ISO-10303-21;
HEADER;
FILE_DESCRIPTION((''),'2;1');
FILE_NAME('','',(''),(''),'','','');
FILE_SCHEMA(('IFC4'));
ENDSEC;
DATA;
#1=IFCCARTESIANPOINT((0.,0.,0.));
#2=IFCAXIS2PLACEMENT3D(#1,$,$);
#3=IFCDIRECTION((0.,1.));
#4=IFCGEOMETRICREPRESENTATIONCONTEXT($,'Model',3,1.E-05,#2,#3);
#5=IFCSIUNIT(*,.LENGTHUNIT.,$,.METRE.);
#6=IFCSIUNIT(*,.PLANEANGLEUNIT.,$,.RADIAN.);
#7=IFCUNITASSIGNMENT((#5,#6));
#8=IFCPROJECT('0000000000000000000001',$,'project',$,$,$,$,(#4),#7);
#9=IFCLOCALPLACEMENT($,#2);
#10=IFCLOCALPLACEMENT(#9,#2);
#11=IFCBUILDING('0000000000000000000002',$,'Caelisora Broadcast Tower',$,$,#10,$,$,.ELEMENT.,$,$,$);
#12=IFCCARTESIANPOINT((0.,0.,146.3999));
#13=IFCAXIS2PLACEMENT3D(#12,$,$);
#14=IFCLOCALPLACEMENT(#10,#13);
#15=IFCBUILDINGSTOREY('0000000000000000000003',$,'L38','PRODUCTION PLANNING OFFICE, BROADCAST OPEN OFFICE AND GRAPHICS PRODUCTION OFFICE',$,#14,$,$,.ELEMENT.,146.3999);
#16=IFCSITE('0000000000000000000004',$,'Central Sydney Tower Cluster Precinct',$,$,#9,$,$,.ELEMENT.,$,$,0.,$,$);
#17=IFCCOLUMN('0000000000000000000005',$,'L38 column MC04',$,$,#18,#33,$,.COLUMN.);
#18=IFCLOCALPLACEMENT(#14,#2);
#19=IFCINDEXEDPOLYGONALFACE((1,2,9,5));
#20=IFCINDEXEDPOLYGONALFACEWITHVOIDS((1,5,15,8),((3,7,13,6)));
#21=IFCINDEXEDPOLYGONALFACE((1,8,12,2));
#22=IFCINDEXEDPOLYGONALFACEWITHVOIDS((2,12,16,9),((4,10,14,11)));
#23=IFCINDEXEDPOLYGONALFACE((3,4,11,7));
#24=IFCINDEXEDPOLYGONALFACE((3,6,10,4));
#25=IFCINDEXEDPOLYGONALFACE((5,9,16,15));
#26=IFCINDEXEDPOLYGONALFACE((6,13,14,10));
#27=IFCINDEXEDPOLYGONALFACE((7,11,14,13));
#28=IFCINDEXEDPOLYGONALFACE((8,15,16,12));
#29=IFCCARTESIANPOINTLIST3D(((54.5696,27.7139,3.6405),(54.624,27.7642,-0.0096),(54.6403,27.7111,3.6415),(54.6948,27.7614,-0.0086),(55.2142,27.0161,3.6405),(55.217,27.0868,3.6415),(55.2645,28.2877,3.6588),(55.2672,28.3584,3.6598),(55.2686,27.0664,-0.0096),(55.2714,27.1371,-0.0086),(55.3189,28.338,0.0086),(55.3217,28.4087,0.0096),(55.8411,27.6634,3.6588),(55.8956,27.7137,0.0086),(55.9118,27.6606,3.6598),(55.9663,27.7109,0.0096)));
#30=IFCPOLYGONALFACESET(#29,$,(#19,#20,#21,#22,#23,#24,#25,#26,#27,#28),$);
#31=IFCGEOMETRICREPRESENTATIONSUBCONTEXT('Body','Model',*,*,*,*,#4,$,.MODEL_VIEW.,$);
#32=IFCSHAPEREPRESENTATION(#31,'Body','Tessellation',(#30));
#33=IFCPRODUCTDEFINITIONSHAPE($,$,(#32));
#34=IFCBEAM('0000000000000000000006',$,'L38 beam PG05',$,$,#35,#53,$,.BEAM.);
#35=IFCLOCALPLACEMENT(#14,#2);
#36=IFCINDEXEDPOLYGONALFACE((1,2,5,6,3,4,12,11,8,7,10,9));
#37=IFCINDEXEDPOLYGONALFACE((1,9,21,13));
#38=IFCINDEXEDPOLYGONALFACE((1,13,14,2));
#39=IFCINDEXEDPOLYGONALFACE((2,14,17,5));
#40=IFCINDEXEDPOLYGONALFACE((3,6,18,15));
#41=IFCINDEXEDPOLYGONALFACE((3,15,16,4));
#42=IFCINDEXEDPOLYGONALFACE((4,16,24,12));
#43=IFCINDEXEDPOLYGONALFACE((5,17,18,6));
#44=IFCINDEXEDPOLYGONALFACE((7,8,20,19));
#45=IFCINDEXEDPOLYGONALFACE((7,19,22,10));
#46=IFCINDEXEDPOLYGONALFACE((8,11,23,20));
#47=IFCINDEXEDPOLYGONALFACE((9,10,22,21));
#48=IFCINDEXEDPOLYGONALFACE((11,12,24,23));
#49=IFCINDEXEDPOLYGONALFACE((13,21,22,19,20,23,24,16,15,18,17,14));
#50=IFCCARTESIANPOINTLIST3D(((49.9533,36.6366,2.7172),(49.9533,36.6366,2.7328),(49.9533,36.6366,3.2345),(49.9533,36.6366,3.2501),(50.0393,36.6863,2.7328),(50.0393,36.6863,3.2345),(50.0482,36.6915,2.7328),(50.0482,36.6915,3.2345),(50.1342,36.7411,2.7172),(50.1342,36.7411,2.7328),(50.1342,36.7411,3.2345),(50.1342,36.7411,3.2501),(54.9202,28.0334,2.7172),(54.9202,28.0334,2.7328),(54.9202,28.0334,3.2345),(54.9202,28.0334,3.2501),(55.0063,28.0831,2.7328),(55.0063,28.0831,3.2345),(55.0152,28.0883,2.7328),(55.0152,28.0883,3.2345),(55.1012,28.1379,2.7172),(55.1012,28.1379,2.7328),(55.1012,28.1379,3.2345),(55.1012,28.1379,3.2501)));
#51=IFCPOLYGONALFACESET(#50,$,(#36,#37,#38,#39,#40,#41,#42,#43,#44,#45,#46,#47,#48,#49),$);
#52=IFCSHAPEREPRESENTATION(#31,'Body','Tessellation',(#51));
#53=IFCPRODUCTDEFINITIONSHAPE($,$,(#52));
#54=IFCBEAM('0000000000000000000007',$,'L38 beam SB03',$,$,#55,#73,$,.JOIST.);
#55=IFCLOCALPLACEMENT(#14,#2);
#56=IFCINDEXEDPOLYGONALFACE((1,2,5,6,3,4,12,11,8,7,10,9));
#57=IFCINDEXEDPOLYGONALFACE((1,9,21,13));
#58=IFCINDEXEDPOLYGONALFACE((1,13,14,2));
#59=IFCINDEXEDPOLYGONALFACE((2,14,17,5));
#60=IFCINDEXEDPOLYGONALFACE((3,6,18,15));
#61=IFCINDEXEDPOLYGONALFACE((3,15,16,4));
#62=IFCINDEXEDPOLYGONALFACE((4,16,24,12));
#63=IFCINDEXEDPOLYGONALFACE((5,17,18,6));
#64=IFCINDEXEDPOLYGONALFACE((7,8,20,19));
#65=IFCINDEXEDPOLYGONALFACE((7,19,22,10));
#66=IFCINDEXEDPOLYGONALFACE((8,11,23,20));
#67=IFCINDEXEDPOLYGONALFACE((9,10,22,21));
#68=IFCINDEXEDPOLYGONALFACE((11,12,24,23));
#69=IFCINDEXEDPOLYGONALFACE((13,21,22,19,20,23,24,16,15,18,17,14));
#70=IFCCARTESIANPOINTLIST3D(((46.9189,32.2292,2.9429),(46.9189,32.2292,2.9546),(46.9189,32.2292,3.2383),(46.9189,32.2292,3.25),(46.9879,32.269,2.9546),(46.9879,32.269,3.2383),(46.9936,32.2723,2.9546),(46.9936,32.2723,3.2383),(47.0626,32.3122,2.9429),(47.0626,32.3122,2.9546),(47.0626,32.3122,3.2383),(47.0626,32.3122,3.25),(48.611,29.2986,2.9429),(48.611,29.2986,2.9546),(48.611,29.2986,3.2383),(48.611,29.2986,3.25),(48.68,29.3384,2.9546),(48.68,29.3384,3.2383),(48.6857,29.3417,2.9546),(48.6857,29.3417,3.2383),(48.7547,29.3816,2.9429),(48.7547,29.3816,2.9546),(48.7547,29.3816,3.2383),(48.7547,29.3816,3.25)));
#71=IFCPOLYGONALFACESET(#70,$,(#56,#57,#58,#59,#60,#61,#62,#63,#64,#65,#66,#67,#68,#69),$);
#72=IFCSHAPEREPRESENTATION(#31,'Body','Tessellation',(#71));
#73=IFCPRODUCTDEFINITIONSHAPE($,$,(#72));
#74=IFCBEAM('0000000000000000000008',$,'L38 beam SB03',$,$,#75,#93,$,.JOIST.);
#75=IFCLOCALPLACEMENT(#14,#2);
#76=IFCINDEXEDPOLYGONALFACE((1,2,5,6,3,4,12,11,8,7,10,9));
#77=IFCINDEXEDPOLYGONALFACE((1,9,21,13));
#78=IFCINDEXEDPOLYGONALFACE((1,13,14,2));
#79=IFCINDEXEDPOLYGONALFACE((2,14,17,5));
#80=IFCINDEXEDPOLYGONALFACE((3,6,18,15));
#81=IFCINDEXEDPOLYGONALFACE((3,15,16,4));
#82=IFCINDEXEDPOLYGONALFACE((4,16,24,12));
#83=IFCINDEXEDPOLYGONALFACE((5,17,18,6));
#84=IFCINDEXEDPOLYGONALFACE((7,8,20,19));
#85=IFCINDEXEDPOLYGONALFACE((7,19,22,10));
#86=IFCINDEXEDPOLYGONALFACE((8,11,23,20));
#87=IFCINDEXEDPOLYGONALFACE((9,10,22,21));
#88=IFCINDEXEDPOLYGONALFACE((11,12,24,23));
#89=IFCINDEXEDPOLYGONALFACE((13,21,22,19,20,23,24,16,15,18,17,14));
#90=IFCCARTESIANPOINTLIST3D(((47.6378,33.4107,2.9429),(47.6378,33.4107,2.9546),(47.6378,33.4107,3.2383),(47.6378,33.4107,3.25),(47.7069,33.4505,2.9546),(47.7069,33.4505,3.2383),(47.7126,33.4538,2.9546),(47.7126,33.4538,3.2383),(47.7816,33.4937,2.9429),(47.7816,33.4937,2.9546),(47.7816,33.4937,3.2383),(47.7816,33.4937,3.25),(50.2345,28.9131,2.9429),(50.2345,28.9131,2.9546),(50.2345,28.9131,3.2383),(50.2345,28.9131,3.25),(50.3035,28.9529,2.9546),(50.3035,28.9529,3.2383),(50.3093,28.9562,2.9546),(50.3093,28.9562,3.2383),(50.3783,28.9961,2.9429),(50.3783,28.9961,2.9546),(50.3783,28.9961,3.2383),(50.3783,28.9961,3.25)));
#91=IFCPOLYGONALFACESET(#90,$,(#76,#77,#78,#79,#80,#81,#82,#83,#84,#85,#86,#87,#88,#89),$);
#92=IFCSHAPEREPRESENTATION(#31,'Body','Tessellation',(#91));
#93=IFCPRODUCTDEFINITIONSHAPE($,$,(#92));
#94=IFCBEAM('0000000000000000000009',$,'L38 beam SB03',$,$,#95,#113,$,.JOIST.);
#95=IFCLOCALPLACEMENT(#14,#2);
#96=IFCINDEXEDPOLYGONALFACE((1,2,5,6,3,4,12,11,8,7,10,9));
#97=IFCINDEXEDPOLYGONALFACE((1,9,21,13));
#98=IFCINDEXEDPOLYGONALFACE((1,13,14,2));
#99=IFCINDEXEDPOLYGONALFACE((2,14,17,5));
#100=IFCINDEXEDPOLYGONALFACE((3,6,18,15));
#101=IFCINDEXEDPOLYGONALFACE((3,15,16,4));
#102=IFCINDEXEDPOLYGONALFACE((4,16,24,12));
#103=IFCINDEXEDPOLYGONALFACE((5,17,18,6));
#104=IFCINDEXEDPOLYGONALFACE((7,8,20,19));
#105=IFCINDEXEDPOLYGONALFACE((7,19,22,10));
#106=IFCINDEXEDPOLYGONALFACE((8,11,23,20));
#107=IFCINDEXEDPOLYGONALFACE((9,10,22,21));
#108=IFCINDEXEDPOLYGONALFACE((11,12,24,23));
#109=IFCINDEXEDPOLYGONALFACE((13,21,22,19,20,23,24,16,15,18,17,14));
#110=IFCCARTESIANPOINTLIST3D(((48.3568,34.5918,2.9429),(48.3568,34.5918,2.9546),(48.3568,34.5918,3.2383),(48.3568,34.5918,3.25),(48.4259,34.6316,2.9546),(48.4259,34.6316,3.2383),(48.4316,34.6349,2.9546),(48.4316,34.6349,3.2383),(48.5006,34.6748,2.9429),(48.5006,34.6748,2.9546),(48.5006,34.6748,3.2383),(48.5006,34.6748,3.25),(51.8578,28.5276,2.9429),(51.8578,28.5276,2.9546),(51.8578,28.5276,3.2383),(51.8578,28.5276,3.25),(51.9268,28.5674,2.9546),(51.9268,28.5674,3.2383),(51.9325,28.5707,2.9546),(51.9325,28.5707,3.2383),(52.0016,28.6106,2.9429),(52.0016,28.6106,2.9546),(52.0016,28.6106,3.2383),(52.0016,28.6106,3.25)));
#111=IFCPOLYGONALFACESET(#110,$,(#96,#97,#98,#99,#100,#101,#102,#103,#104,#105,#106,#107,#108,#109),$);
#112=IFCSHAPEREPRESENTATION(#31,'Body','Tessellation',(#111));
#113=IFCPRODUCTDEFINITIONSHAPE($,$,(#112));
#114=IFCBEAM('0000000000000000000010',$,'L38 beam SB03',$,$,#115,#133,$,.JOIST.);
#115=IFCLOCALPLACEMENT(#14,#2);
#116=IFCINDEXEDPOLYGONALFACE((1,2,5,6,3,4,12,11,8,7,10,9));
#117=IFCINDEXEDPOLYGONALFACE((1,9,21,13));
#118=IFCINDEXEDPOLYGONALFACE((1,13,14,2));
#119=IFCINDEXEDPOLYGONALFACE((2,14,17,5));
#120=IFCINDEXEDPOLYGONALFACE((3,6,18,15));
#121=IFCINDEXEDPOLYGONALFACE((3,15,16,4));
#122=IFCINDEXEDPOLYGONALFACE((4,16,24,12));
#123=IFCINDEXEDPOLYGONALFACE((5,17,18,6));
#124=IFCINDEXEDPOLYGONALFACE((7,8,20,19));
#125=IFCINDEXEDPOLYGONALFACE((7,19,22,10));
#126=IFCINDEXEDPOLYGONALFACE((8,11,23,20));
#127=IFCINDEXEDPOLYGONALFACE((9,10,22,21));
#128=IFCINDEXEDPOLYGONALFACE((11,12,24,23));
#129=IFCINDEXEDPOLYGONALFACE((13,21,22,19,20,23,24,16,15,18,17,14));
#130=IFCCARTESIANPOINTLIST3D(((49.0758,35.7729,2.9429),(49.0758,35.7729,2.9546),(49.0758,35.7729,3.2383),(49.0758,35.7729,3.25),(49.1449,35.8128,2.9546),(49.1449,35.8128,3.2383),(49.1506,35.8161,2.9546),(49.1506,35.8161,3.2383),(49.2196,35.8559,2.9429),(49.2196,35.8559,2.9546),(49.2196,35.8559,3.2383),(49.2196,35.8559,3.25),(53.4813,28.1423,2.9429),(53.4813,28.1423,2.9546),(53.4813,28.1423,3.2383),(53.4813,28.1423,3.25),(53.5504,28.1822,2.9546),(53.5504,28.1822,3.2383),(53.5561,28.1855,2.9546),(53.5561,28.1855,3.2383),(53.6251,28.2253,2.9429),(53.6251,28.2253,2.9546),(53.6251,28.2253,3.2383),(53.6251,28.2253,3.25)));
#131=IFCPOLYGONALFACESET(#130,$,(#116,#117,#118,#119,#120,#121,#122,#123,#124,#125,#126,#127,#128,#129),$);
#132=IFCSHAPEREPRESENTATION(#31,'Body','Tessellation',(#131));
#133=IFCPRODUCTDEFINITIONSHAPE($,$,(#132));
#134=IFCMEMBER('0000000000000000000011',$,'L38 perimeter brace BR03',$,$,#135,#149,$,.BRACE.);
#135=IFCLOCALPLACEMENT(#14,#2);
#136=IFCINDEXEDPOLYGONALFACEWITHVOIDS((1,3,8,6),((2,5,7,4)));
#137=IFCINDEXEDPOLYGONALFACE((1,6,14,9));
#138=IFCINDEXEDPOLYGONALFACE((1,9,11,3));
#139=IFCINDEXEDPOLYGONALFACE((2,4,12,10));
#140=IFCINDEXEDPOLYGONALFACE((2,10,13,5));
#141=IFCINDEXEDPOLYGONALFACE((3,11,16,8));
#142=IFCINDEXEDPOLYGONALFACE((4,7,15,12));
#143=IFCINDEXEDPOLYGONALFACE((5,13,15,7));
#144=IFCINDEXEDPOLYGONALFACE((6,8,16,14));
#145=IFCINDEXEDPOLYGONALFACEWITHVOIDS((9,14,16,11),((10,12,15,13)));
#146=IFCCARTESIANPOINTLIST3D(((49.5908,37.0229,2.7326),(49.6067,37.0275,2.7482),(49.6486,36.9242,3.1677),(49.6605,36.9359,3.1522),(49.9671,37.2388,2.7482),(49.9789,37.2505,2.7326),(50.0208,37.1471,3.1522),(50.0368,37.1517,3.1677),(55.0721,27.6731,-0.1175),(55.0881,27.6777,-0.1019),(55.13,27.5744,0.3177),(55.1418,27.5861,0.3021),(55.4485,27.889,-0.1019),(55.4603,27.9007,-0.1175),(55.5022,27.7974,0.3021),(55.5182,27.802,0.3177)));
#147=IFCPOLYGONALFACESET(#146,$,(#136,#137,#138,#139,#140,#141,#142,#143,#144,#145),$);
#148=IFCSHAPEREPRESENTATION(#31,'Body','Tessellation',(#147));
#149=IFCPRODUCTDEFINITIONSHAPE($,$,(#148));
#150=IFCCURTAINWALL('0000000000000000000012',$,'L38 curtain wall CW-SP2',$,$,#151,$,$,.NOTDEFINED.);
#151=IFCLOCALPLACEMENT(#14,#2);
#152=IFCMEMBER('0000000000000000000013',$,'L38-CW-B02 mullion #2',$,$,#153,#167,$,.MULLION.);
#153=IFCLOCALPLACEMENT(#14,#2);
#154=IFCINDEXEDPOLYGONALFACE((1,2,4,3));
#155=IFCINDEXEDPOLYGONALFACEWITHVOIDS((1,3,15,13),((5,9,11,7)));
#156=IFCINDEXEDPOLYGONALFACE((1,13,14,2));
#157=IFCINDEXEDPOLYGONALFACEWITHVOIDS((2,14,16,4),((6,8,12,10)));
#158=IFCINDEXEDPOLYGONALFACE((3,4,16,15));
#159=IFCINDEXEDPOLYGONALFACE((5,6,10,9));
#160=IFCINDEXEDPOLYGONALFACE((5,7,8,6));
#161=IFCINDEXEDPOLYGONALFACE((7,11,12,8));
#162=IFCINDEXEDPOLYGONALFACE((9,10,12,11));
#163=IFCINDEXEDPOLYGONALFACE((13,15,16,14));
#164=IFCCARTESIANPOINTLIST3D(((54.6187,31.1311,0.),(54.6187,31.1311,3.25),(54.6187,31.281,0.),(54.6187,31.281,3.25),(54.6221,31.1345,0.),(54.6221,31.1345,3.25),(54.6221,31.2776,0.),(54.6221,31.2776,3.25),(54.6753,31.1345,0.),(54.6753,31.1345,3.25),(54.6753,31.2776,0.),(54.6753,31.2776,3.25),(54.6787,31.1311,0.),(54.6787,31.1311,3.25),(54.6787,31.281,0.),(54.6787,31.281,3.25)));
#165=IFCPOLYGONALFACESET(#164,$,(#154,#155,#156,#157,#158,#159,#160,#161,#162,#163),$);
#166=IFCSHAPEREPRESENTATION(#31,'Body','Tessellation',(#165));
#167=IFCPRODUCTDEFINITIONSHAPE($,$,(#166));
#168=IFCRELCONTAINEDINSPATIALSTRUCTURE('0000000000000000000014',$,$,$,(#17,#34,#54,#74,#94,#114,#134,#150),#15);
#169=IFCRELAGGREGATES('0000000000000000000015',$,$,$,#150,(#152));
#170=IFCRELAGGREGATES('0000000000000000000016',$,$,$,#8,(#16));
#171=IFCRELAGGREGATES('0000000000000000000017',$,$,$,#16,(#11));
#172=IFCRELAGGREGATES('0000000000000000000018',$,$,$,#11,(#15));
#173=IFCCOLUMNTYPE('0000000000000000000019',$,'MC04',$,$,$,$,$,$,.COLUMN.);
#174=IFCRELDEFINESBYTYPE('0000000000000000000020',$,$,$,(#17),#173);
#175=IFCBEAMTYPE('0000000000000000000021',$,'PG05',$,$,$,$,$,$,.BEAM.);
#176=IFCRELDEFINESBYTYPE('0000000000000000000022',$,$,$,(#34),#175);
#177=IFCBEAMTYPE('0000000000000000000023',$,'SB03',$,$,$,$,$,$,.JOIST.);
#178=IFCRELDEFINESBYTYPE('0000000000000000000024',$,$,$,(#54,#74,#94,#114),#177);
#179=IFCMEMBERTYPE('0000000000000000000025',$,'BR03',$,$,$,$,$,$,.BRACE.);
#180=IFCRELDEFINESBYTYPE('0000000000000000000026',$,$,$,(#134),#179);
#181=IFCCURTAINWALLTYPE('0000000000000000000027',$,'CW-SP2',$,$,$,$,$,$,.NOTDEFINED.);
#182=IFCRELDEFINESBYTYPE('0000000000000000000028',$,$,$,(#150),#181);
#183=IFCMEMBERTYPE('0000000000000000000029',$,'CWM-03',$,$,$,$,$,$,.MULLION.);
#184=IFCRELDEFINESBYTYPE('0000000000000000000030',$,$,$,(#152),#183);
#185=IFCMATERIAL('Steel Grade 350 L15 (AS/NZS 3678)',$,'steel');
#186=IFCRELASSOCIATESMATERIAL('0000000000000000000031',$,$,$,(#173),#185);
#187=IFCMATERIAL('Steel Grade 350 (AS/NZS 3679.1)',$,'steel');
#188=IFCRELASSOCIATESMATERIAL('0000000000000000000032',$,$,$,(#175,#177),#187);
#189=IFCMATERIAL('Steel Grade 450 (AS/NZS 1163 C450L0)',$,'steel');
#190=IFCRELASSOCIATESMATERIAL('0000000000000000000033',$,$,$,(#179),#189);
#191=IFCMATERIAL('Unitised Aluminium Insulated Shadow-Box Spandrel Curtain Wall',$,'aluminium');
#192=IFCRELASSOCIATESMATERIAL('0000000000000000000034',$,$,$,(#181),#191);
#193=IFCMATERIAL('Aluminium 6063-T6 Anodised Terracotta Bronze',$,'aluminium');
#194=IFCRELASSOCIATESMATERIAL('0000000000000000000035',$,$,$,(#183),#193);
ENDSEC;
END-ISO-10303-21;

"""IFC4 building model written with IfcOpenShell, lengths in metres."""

from ifc_helpers import new_model, si_unit, direction, frame, origin, origin_2d, place, context, subcontext, project, spatial, hollow_rectangle, i_section, extrude, source, transform, mapped, material, material_profile, profile_set, type_object, type_shapes, element, aggregate, save


model = new_model("IFC4")

# Units and contexts
model_context = context("Model", 3, precision=1e-05, world=origin(), true_north=direction((0.0, 1.0)))
body_context = subcontext(model_context, "Body", "Model", "MODEL_VIEW")
ifc_project = project(units=[si_unit("LENGTHUNIT", "METRE"), si_unit("PLANEANGLEUNIT", "RADIAN")], contexts=[model_context])

# Site, building, storey
site_placement = place(None, origin())
site = spatial("IfcSite", under=ifc_project, at=site_placement, Name="Central Sydney Tower Cluster Precinct", CompositionType="ELEMENT", RefElevation=0.0)
building_placement = place(site_placement, origin())
building = spatial("IfcBuilding", under=site, at=building_placement, Name="Caelisora Broadcast Tower", CompositionType="ELEMENT")
storey_placement = place(building_placement, frame((0.0, 0.0, 146.3999)))
storey = spatial("IfcBuildingStorey", under=building, at=storey_placement, Name="L38", Description="PRODUCTION PLANNING OFFICE, BROADCAST OPEN OFFICE AND GRAPHICS PRODUCTION OFFICE", CompositionType="ELEMENT", Elevation=146.3999)

# Column
ifc_material_1 = material(Name="Steel Grade 350 L15 (AS/NZS 3678)", Category="steel")
ifc_material_profile_1 = material_profile(ifc_material_1, hollow_rectangle(XDim=0.95, YDim=0.95, WallThickness=0.05, at=origin_2d()), Name="Steel Grade 350 L15 (AS/NZS 3678)")
ifc_profile_set_1 = profile_set([ifc_material_profile_1], Name="Steel Grade 350 L15 (AS/NZS 3678)")
column_type = type_object("IfcColumnType", Name="MC04", PredefinedType="COLUMN", material=ifc_profile_set_1)
shared_shape_1 = source(origin(), body_context, "Body", "SweptSolid", [
    extrude(hollow_rectangle(XDim=0.95, YDim=0.95, WallThickness=0.05, at=origin_2d()), origin(), (0.0, 0.0, 1.0), 3.6509),
])
type_shapes(column_type, [shared_shape_1])
column_placement = place(storey_placement, frame((55.2952, 27.7375, 0.0), z_axis=(-0.014912, -0.013776, 0.999794), x_axis=(0.678554, -0.734551, 0.0)))
element("IfcColumn", 1, at=column_placement, inside=storey, type_object=column_type, Name="L38 column MC04", PredefinedType="COLUMN", context=body_context, shape_type="MappedRepresentation", body=[
    mapped(shared_shape_1, transform((0.0, 0.0, 0.0), scale=1.0)),
])

# Beams
ifc_material_2 = material(Name="Steel Grade 350 (AS/NZS 3679.1)", Category="steel")
ifc_material_profile_2 = material_profile(ifc_material_2, i_section(OverallWidth=0.209, OverallDepth=0.533, WebThickness=0.0103, FlangeThickness=0.0156, at=origin_2d()), Name="Steel Grade 350 (AS/NZS 3679.1)")
ifc_profile_set_2 = profile_set([ifc_material_profile_2], Name="Steel Grade 350 (AS/NZS 3679.1)")
beam_type_1 = type_object("IfcBeamType", Name="PG05", PredefinedType="BEAM", material=ifc_profile_set_2)
shared_shape_2 = source(origin(), body_context, "Body", "SweptSolid", [
    extrude(i_section(OverallWidth=0.209, OverallDepth=0.533, WebThickness=0.0103, FlangeThickness=0.0156, at=origin_2d()), origin(), (0.0, 0.0, 1.0), 9.9341),
])
type_shapes(beam_type_1, [shared_shape_2])
beam_1_placement = place(storey_placement, frame((55.0107, 28.0857, 2.9836), z_axis=(-0.499995, 0.866028, 0.0), x_axis=(-0.866028, -0.499995, 0.0)))
element("IfcBeam", 2, at=beam_1_placement, inside=storey, type_object=beam_type_1, Name="L38 beam PG05", PredefinedType="BEAM", context=body_context, shape_type="MappedRepresentation", body=[
    mapped(shared_shape_2, transform((0.0, 0.0, 0.0), scale=1.0)),
])
ifc_material_profile_3 = material_profile(ifc_material_2, i_section(OverallWidth=0.166, OverallDepth=0.3071, WebThickness=0.0066, FlangeThickness=0.0117, at=origin_2d()), Name="Steel Grade 350 (AS/NZS 3679.1)")
ifc_profile_set_3 = profile_set([ifc_material_profile_3], Name="Steel Grade 350 (AS/NZS 3679.1)")
beam_type_2 = type_object("IfcBeamType", Name="SB03", PredefinedType="JOIST", material=ifc_profile_set_3)
shared_shape_3 = source(origin(), body_context, "Body", "SweptSolid", [
    extrude(i_section(OverallWidth=0.166, OverallDepth=0.3071, WebThickness=0.0066, FlangeThickness=0.0117, at=origin_2d()), origin(), (0.0, 0.0, 1.0), 3.384),
])
beam_2_placement = place(storey_placement, frame((48.6829, 29.3401, 3.0964), z_axis=(-0.500026, 0.86601, 0.0), x_axis=(-0.86601, -0.500026, 0.0)))
element("IfcBeam", 3, at=beam_2_placement, inside=storey, type_object=beam_type_2, Name="L38 beam SB03", PredefinedType="JOIST", context=body_context, shape_type="MappedRepresentation", body=[
    mapped(shared_shape_3, transform((0.0, 0.0, 0.0), scale=1.0)),
])
shared_shape_4 = source(origin(), body_context, "Body", "SweptSolid", [
    extrude(i_section(OverallWidth=0.166, OverallDepth=0.3071, WebThickness=0.0066, FlangeThickness=0.0117, at=origin_2d()), origin(), (0.0, 0.0, 1.0), 5.1934),
])
beam_3_placement = place(storey_placement, frame((50.3064, 28.9546, 3.0964), z_axis=(-0.500002, 0.866024, 0.0), x_axis=(-0.866024, -0.500002, 0.0)))
element("IfcBeam", 4, at=beam_3_placement, inside=storey, type_object=beam_type_2, Name="L38 beam SB03", PredefinedType="JOIST", context=body_context, shape_type="MappedRepresentation", body=[
    mapped(shared_shape_4, transform((0.0, 0.0, 0.0), scale=1.0)),
])
shared_shape_5 = source(origin(), body_context, "Body", "SweptSolid", [
    extrude(i_section(OverallWidth=0.166, OverallDepth=0.3071, WebThickness=0.0066, FlangeThickness=0.0117, at=origin_2d()), origin(), (0.0, 0.0, 1.0), 7.0022),
])
beam_4_placement = place(storey_placement, frame((51.9297, 28.5691, 3.0964), z_axis=(-0.499979, 0.866038, 0.0), x_axis=(-0.866038, -0.499979, 0.0)))
element("IfcBeam", 5, at=beam_4_placement, inside=storey, type_object=beam_type_2, Name="L38 beam SB03", PredefinedType="JOIST", context=body_context, shape_type="MappedRepresentation", body=[
    mapped(shared_shape_5, transform((0.0, 0.0, 0.0), scale=1.0)),
])
shared_shape_6 = source(origin(), body_context, "Body", "SweptSolid", [
    extrude(i_section(OverallWidth=0.166, OverallDepth=0.3071, WebThickness=0.0066, FlangeThickness=0.0117, at=origin_2d()), origin(), (0.0, 0.0, 1.0), 8.811),
])
type_shapes(beam_type_2, [shared_shape_3, shared_shape_4, shared_shape_5, shared_shape_6])
beam_5_placement = place(storey_placement, frame((53.5532, 28.1838, 3.0964), z_axis=(-0.499998, 0.866026, 0.0), x_axis=(-0.866026, -0.499998, 0.0)))
element("IfcBeam", 6, at=beam_5_placement, inside=storey, type_object=beam_type_2, Name="L38 beam SB03", PredefinedType="JOIST", context=body_context, shape_type="MappedRepresentation", body=[
    mapped(shared_shape_6, transform((0.0, 0.0, 0.0), scale=1.0)),
])

# Member
ifc_material_3 = material(Name="Steel Grade 450 (AS/NZS 1163 C450L0)", Category="steel")
ifc_material_profile_4 = material_profile(ifc_material_3, hollow_rectangle(XDim=0.45, YDim=0.45, WallThickness=0.0161, at=origin_2d()), Name="Steel Grade 450 (AS/NZS 1163 C450L0)")
ifc_profile_set_4 = profile_set([ifc_material_profile_4], Name="Steel Grade 450 (AS/NZS 1163 C450L0)")
member_type_1 = type_object("IfcMemberType", Name="BR03", PredefinedType="BRACE", material=ifc_profile_set_4)
shared_shape_7 = source(origin(), body_context, "Body", "SweptSolid", [
    extrude(hollow_rectangle(XDim=0.45, YDim=0.45, WallThickness=0.0161, at=origin_2d()), origin(), (0.0, 0.0, 1.0), 11.2065),
])
type_shapes(member_type_1, [shared_shape_7])
member_1_placement = place(storey_placement, frame((55.2952, 27.7375, 0.1001), z_axis=(-0.489124, 0.834313, 0.254322), x_axis=(-0.862678, -0.505754, 0.0)))
element("IfcMember", 7, at=member_1_placement, inside=storey, type_object=member_type_1, Name="L38 perimeter brace BR03", PredefinedType="BRACE", context=body_context, shape_type="MappedRepresentation", body=[
    mapped(shared_shape_7, transform((0.0, 0.0, 0.0), scale=1.0)),
])

# Curtain wall, member
ifc_material_4 = material(Name="Unitised Aluminium Insulated Shadow-Box Spandrel Curtain Wall", Category="aluminium")
curtain_wall_type_1 = type_object("IfcCurtainWallType", Name="CW-SP2", PredefinedType="NOTDEFINED", material=ifc_material_4)
curtain_wall_1_placement = place(storey_placement, origin())
curtain_wall_1 = element("IfcCurtainWall", 8, at=curtain_wall_1_placement, inside=storey, type_object=curtain_wall_type_1, Name="L38 curtain wall CW-SP2", PredefinedType="NOTDEFINED")
ifc_material_5 = material(Name="Aluminium 6063-T6 Anodised Terracotta Bronze", Category="aluminium")
ifc_material_profile_5 = material_profile(ifc_material_5, hollow_rectangle(XDim=0.0601, YDim=0.1499, WallThickness=0.0034, at=origin_2d()), Name="Aluminium 6063-T6 Anodised Terracotta Bronze")
ifc_profile_set_5 = profile_set([ifc_material_profile_5], Name="Aluminium 6063-T6 Anodised Terracotta Bronze")
member_type_2 = type_object("IfcMemberType", Name="CWM-03", PredefinedType="MULLION", material=ifc_profile_set_5)
shared_shape_8 = source(origin(), body_context, "Body", "SweptSolid", [
    extrude(hollow_rectangle(XDim=0.0601, YDim=0.1499, WallThickness=0.0034, at=origin_2d()), origin(), (0.0, 0.0, 1.0), 3.25),
])
type_shapes(member_type_2, [shared_shape_8])
member_2_placement = place(storey_placement, frame((54.6487, 31.2061, 0.0), z_axis=(0.0, 0.0, 1.0), x_axis=(1.0, 0.0, 0.0)))
member_2 = element("IfcMember", 9, at=member_2_placement, type_object=member_type_2, Name="L38-CW-B02 mullion #2", PredefinedType="MULLION", context=body_context, shape_type="MappedRepresentation", body=[
    mapped(shared_shape_8, transform((0.0, 0.0, 0.0), scale=1.0)),
])

aggregate(curtain_wall_1, [member_2])

save(model, "model.ifc")
